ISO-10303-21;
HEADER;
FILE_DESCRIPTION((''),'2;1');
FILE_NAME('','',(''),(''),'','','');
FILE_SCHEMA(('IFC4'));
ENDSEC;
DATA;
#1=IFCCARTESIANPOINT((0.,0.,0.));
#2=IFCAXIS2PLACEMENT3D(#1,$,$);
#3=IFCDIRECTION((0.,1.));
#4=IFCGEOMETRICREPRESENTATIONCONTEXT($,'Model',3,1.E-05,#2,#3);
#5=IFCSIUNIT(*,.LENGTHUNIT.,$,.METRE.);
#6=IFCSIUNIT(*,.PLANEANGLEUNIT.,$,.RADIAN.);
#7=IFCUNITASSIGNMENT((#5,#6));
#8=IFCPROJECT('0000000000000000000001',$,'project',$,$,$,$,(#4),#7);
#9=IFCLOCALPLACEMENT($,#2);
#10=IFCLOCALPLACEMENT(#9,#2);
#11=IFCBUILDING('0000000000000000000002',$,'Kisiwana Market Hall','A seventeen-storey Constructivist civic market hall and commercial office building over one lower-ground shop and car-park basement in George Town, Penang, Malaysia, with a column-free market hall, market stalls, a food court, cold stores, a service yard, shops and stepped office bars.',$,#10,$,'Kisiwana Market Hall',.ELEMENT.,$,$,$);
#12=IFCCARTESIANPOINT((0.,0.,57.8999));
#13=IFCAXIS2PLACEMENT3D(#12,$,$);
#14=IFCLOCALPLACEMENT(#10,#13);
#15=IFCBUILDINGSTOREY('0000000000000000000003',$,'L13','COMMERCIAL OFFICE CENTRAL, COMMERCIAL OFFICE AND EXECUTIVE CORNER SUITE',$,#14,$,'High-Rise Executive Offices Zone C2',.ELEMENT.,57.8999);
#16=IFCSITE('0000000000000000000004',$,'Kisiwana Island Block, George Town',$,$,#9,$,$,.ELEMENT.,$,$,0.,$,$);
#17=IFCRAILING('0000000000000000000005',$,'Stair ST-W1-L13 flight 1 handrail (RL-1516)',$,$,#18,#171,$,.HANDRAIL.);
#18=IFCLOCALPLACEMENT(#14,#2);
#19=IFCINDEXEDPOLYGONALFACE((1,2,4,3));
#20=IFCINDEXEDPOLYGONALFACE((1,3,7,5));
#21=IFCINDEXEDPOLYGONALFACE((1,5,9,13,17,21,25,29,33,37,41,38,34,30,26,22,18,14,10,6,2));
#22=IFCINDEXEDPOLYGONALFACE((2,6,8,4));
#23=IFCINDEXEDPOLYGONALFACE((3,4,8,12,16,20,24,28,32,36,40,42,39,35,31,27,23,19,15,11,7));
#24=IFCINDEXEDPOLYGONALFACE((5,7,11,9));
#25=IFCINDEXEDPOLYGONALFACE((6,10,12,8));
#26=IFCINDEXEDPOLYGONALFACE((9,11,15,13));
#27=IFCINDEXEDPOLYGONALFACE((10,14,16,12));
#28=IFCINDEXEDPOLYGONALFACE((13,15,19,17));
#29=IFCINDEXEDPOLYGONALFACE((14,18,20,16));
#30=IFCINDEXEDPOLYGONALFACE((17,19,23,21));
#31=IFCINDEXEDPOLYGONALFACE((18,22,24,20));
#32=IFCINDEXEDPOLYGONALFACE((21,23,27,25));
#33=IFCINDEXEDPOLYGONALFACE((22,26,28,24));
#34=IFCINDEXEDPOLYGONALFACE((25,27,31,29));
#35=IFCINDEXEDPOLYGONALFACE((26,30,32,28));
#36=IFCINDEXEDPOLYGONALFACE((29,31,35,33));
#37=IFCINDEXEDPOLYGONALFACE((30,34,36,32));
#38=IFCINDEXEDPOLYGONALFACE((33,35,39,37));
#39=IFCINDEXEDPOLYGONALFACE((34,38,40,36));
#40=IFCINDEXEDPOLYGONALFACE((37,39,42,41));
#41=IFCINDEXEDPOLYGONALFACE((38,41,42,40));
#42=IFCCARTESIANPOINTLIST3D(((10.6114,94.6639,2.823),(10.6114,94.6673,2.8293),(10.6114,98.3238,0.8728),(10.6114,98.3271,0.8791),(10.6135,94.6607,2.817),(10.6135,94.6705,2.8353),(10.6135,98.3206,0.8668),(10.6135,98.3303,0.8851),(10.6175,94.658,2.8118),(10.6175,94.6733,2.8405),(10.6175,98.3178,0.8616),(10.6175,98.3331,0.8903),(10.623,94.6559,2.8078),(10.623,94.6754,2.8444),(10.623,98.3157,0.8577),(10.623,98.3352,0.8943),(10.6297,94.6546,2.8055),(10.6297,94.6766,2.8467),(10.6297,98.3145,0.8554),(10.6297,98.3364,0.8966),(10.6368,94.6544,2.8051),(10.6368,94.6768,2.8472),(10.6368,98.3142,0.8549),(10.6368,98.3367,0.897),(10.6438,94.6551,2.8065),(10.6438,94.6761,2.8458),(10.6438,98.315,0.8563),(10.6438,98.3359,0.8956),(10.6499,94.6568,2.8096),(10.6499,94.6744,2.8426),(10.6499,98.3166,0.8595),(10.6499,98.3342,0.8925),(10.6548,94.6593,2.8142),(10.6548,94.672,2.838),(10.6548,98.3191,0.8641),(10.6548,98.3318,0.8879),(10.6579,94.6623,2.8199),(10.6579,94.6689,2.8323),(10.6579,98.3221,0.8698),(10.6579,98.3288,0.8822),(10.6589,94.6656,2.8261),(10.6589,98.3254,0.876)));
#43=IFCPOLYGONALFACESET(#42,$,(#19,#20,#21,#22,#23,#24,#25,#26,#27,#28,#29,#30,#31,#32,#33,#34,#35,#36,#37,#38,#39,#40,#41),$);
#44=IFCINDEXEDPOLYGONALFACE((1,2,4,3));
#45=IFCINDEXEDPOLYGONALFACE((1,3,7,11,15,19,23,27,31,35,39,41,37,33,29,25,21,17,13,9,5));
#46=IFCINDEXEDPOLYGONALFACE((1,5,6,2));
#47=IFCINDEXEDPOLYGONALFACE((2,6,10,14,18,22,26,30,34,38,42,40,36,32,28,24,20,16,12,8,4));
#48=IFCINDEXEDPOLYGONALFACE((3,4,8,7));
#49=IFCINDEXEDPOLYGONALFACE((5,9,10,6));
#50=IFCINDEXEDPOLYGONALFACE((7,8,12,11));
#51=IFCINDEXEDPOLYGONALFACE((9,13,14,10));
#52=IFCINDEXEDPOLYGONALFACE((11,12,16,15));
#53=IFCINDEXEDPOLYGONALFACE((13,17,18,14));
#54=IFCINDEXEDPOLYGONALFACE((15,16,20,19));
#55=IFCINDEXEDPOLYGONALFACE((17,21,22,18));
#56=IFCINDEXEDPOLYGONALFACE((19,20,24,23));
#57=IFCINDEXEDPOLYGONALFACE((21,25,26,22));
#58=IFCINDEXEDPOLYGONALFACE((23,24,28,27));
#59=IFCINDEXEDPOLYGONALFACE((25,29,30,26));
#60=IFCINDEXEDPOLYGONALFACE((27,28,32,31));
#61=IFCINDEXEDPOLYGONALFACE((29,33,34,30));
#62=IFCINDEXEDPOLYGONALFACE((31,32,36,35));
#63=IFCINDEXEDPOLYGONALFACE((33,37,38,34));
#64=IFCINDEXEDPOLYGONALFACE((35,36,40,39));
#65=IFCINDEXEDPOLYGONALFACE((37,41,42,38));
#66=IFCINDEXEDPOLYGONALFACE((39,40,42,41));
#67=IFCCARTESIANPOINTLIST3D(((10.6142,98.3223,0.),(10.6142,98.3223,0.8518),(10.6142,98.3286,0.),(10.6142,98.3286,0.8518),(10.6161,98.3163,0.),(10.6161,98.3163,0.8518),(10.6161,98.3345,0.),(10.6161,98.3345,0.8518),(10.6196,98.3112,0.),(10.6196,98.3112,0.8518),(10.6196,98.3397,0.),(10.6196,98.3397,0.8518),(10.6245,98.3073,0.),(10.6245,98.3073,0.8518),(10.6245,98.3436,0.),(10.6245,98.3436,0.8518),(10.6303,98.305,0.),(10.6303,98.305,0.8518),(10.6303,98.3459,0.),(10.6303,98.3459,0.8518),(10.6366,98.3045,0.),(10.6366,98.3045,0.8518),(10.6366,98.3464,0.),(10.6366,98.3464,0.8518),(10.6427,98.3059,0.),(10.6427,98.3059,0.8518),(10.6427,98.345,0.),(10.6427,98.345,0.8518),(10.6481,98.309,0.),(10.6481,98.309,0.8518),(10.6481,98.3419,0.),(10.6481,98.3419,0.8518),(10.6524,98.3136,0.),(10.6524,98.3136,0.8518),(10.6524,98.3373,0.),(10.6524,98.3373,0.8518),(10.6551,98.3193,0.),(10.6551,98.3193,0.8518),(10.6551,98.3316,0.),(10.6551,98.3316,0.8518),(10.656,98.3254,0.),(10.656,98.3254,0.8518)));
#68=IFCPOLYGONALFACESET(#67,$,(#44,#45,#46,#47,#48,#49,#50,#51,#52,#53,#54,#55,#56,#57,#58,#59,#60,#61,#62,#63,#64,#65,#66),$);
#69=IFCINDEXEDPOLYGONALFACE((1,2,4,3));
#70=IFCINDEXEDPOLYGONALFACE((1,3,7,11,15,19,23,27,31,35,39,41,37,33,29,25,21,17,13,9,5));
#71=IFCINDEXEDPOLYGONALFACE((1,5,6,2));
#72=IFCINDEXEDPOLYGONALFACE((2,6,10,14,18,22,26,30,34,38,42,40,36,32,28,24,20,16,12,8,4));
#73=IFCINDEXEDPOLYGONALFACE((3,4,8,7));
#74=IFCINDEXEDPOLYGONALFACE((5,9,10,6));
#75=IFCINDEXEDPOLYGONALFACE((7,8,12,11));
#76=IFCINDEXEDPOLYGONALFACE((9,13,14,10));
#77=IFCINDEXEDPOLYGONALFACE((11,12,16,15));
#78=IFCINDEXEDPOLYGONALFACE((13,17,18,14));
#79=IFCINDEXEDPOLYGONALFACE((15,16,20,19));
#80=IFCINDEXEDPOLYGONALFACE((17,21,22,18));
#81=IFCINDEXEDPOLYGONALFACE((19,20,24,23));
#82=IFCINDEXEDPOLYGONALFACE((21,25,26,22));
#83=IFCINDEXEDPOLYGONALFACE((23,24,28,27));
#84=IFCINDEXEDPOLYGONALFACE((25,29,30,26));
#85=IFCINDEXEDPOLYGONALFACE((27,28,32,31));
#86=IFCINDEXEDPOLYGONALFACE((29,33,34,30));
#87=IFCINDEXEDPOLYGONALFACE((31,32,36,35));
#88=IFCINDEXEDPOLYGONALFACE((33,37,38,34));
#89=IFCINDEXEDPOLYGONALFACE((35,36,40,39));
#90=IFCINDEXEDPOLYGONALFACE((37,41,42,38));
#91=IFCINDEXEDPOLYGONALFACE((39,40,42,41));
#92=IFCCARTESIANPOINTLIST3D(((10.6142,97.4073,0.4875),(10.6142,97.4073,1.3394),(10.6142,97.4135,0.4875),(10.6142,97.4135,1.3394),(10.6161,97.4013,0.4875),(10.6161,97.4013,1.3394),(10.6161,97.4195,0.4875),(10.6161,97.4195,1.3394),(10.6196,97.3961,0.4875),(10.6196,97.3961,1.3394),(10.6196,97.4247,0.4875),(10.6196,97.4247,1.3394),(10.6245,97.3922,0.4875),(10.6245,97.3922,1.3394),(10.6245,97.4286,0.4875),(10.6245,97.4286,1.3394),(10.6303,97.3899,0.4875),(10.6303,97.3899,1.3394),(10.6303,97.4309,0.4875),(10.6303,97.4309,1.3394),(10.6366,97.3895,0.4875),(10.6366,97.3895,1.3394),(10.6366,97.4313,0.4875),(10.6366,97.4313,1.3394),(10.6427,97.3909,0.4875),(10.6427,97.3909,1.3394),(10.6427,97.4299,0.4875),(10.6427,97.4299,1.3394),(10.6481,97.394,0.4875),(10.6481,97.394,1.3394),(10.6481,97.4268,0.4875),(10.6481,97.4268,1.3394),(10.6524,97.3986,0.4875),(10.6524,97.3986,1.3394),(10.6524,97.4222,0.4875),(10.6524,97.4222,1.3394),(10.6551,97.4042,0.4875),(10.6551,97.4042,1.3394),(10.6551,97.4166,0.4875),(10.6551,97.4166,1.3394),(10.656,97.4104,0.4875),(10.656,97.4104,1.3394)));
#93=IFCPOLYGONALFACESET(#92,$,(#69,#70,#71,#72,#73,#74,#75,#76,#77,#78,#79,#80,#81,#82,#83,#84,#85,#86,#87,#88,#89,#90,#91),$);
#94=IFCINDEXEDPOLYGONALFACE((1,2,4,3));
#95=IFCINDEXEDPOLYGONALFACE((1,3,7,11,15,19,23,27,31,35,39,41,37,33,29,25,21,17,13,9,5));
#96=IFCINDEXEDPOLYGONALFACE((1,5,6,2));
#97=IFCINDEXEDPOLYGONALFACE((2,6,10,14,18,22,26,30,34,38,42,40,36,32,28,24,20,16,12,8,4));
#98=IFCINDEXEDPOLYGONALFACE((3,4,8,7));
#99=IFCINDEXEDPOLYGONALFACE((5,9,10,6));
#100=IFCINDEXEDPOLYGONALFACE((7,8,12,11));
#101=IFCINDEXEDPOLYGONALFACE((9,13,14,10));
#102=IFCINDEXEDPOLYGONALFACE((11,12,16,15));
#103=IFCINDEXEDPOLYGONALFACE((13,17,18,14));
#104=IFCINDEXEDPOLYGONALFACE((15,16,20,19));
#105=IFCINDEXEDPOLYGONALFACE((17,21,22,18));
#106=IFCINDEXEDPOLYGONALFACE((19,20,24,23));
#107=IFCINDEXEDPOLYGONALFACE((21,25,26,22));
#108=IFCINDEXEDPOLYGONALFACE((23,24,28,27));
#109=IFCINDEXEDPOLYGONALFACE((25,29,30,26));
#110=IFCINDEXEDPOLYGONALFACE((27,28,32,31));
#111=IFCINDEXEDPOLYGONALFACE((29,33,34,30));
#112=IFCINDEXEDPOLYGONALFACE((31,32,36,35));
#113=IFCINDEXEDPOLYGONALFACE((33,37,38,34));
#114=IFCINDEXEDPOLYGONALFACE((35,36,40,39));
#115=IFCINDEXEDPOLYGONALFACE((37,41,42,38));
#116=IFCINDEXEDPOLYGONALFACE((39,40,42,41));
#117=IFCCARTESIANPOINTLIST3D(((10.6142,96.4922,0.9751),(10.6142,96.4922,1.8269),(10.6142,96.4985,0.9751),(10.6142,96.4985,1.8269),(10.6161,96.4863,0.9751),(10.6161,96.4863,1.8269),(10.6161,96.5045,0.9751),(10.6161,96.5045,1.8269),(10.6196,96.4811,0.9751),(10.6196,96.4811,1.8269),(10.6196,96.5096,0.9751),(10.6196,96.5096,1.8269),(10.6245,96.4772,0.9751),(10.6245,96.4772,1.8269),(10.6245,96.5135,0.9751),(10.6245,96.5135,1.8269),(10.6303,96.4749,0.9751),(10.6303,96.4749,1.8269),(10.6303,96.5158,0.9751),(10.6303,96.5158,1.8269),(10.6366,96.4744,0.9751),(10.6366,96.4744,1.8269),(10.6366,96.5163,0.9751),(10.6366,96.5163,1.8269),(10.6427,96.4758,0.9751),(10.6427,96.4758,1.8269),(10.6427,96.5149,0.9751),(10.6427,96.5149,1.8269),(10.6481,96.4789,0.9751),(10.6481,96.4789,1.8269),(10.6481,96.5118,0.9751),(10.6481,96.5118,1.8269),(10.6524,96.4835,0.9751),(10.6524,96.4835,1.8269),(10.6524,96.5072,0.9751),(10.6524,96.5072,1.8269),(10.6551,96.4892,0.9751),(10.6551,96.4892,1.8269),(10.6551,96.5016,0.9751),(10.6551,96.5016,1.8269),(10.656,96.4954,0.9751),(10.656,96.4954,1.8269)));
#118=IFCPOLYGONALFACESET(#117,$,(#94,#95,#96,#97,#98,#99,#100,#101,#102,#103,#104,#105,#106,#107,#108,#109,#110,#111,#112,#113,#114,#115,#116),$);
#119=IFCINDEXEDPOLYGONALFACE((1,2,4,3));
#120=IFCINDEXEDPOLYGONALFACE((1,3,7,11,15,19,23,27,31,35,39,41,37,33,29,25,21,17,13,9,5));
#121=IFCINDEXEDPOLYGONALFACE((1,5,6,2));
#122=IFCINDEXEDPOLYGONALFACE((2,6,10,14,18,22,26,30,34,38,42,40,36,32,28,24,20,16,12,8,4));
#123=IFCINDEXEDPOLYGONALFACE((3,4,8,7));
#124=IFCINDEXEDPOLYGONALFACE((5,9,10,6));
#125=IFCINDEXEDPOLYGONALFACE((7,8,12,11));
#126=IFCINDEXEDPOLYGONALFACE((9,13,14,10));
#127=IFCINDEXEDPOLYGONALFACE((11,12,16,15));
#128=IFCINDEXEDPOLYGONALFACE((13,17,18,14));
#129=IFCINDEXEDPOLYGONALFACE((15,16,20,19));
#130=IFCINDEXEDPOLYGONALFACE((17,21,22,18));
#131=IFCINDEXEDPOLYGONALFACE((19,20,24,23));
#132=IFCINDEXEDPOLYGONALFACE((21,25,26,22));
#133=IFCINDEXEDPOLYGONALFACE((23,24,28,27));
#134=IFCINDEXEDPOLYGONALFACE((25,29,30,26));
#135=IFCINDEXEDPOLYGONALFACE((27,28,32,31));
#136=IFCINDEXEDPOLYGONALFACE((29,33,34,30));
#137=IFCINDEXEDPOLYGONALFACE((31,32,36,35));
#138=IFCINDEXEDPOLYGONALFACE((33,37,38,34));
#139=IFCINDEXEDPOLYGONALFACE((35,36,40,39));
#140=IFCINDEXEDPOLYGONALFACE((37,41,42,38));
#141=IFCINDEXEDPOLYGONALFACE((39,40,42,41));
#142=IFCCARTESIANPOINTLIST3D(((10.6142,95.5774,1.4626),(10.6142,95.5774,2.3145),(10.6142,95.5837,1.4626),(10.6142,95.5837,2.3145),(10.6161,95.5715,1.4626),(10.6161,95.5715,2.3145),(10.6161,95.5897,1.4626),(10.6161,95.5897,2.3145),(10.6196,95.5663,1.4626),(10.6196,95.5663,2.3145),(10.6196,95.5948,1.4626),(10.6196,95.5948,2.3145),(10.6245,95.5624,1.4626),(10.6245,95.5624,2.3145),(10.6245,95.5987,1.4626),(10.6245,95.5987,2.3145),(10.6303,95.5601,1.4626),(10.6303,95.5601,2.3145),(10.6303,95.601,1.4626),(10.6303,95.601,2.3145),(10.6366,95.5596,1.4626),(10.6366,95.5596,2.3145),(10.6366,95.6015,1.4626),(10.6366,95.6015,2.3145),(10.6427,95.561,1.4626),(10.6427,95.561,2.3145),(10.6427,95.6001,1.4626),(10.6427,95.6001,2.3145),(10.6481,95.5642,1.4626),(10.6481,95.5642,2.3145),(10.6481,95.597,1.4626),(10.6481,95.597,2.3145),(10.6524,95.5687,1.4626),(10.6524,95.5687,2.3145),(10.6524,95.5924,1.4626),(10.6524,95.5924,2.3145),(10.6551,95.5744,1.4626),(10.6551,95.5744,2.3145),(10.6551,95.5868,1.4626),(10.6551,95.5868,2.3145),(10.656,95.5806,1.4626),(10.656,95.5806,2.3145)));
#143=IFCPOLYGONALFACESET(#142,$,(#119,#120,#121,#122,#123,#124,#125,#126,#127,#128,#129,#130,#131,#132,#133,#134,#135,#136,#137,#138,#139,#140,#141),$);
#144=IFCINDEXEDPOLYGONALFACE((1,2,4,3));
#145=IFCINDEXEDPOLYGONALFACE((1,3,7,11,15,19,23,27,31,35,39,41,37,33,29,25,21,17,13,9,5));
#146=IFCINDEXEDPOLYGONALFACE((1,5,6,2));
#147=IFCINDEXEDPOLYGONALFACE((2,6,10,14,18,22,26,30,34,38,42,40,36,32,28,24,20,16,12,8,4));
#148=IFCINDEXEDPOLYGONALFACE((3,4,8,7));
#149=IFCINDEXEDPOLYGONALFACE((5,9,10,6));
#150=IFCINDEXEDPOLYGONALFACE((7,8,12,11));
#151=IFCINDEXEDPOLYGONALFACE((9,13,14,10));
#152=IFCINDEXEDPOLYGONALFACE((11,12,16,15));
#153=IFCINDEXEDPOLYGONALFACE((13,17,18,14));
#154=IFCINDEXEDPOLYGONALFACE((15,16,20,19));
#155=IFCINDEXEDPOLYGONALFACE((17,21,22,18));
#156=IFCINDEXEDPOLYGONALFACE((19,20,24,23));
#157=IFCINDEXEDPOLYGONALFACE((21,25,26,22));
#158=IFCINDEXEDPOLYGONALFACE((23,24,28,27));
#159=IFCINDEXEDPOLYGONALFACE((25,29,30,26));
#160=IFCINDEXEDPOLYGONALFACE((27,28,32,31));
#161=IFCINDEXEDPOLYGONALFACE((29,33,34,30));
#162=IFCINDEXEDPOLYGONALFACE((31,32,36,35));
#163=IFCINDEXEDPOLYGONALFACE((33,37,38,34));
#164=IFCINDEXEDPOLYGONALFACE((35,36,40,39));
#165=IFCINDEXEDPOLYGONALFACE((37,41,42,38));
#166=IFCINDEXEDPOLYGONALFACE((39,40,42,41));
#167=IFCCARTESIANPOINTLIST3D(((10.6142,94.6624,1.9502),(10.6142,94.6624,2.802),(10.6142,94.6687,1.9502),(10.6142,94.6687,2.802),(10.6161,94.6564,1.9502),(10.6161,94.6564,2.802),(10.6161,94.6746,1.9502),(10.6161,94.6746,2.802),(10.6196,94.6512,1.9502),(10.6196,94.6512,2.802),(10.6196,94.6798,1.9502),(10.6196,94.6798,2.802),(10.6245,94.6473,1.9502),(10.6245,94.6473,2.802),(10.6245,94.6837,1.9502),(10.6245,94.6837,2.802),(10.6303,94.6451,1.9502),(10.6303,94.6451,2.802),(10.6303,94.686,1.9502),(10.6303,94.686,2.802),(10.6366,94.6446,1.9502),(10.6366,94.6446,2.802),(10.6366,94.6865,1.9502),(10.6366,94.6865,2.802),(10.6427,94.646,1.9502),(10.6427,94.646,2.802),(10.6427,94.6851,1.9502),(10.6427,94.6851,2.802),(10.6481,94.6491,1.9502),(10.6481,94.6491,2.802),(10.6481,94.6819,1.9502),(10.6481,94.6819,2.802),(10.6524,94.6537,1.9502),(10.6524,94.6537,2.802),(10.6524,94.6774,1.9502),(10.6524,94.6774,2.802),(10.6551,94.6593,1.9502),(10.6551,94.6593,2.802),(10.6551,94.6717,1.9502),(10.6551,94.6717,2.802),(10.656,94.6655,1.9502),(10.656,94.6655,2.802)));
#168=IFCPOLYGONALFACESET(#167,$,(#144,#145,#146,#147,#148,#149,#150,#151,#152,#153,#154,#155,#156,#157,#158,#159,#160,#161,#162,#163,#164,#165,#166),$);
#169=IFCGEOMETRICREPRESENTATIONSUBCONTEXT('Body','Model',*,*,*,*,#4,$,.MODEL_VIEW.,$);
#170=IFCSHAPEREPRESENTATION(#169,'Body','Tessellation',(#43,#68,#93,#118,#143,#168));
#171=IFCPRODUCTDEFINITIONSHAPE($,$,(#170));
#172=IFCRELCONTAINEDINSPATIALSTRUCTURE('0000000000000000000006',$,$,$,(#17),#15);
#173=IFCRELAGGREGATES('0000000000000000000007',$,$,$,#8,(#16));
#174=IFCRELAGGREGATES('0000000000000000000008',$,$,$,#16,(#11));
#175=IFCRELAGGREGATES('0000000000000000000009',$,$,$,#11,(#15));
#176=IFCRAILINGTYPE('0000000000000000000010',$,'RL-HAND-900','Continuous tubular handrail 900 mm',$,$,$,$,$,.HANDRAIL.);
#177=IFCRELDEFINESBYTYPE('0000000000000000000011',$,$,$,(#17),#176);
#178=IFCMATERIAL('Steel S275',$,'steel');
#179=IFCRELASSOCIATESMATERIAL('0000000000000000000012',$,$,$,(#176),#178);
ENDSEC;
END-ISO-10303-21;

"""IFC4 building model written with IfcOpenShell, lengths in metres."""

from ifc_helpers import new_model, si_unit, direction, frame, origin, origin_2d, place, context, subcontext, project, spatial, circle, extrude, material, type_object, element, save


model = new_model("IFC4")

# Units and contexts
model_context = context("Model", 3, precision=1e-05, world=origin(), true_north=direction((0.0, 1.0)))
body_context = subcontext(model_context, "Body", "Model", "MODEL_VIEW")
ifc_project = project(units=[si_unit("LENGTHUNIT", "METRE"), si_unit("PLANEANGLEUNIT", "RADIAN")], contexts=[model_context])

# Site, building, storey
site_placement = place(None, origin())
site = spatial("IfcSite", under=ifc_project, at=site_placement, Name="Kisiwana Island Block, George Town", CompositionType="ELEMENT", RefElevation=0.0)
building_placement = place(site_placement, origin())
building = spatial("IfcBuilding", under=site, at=building_placement, Name="Kisiwana Market Hall", Description="A seventeen-storey Constructivist civic market hall and commercial office building over one lower-ground shop and car-park basement in George Town, Penang, Malaysia, with a column-free market hall, market stalls, a food court, cold stores, a service yard, shops and stepped office bars.", LongName="Kisiwana Market Hall", CompositionType="ELEMENT")
storey_placement = place(building_placement, frame((0.0, 0.0, 57.8999)))
storey = spatial("IfcBuildingStorey", under=building, at=storey_placement, Name="L13", Description="COMMERCIAL OFFICE CENTRAL, COMMERCIAL OFFICE AND EXECUTIVE CORNER SUITE", LongName="High-Rise Executive Offices Zone C2", CompositionType="ELEMENT", Elevation=57.8999)

# Railing
ifc_material_1 = material(Name="Steel S275", Category="steel")
railing_type_1 = type_object("IfcRailingType", Name="RL-HAND-900", Description="Continuous tubular handrail 900 mm", PredefinedType="HANDRAIL", material=ifc_material_1)
railing_1_placement = place(storey_placement, frame((10.635, 98.3254, 0.0)))
element("IfcRailing", 1, at=railing_1_placement, inside=storey, type_object=railing_type_1, Name="Stair ST-W1-L13 flight 1 handrail (RL-1516)", PredefinedType="HANDRAIL", context=body_context, shape_type="SweptSolid", body=[
    extrude(circle(Radius=0.0239, at=origin_2d()), frame((0.0, 0.0, 0.876), z_axis=(0.0, -0.882529, 0.470258), x_axis=(1.0, 0.0, 0.0)), (0.0, 0.0, 1.0), 4.147),
    extrude(circle(Radius=0.021, at=origin_2d()), origin(), (0.0, 0.0, 1.0), 0.8518),
    extrude(circle(Radius=0.021, at=origin_2d()), frame((0.0, -0.915, 0.4875)), (0.0, 0.0, 1.0), 0.8518),
    extrude(circle(Radius=0.021, at=origin_2d()), frame((0.0, -1.8301, 0.9751)), (0.0, 0.0, 1.0), 0.8518),
    extrude(circle(Radius=0.021, at=origin_2d()), frame((0.0, -2.7449, 1.4626)), (0.0, 0.0, 1.0), 0.8518),
    extrude(circle(Radius=0.021, at=origin_2d()), frame((0.0, -3.6599, 1.9502)), (0.0, 0.0, 1.0), 0.8518),
])

save(model, "model.ifc")
